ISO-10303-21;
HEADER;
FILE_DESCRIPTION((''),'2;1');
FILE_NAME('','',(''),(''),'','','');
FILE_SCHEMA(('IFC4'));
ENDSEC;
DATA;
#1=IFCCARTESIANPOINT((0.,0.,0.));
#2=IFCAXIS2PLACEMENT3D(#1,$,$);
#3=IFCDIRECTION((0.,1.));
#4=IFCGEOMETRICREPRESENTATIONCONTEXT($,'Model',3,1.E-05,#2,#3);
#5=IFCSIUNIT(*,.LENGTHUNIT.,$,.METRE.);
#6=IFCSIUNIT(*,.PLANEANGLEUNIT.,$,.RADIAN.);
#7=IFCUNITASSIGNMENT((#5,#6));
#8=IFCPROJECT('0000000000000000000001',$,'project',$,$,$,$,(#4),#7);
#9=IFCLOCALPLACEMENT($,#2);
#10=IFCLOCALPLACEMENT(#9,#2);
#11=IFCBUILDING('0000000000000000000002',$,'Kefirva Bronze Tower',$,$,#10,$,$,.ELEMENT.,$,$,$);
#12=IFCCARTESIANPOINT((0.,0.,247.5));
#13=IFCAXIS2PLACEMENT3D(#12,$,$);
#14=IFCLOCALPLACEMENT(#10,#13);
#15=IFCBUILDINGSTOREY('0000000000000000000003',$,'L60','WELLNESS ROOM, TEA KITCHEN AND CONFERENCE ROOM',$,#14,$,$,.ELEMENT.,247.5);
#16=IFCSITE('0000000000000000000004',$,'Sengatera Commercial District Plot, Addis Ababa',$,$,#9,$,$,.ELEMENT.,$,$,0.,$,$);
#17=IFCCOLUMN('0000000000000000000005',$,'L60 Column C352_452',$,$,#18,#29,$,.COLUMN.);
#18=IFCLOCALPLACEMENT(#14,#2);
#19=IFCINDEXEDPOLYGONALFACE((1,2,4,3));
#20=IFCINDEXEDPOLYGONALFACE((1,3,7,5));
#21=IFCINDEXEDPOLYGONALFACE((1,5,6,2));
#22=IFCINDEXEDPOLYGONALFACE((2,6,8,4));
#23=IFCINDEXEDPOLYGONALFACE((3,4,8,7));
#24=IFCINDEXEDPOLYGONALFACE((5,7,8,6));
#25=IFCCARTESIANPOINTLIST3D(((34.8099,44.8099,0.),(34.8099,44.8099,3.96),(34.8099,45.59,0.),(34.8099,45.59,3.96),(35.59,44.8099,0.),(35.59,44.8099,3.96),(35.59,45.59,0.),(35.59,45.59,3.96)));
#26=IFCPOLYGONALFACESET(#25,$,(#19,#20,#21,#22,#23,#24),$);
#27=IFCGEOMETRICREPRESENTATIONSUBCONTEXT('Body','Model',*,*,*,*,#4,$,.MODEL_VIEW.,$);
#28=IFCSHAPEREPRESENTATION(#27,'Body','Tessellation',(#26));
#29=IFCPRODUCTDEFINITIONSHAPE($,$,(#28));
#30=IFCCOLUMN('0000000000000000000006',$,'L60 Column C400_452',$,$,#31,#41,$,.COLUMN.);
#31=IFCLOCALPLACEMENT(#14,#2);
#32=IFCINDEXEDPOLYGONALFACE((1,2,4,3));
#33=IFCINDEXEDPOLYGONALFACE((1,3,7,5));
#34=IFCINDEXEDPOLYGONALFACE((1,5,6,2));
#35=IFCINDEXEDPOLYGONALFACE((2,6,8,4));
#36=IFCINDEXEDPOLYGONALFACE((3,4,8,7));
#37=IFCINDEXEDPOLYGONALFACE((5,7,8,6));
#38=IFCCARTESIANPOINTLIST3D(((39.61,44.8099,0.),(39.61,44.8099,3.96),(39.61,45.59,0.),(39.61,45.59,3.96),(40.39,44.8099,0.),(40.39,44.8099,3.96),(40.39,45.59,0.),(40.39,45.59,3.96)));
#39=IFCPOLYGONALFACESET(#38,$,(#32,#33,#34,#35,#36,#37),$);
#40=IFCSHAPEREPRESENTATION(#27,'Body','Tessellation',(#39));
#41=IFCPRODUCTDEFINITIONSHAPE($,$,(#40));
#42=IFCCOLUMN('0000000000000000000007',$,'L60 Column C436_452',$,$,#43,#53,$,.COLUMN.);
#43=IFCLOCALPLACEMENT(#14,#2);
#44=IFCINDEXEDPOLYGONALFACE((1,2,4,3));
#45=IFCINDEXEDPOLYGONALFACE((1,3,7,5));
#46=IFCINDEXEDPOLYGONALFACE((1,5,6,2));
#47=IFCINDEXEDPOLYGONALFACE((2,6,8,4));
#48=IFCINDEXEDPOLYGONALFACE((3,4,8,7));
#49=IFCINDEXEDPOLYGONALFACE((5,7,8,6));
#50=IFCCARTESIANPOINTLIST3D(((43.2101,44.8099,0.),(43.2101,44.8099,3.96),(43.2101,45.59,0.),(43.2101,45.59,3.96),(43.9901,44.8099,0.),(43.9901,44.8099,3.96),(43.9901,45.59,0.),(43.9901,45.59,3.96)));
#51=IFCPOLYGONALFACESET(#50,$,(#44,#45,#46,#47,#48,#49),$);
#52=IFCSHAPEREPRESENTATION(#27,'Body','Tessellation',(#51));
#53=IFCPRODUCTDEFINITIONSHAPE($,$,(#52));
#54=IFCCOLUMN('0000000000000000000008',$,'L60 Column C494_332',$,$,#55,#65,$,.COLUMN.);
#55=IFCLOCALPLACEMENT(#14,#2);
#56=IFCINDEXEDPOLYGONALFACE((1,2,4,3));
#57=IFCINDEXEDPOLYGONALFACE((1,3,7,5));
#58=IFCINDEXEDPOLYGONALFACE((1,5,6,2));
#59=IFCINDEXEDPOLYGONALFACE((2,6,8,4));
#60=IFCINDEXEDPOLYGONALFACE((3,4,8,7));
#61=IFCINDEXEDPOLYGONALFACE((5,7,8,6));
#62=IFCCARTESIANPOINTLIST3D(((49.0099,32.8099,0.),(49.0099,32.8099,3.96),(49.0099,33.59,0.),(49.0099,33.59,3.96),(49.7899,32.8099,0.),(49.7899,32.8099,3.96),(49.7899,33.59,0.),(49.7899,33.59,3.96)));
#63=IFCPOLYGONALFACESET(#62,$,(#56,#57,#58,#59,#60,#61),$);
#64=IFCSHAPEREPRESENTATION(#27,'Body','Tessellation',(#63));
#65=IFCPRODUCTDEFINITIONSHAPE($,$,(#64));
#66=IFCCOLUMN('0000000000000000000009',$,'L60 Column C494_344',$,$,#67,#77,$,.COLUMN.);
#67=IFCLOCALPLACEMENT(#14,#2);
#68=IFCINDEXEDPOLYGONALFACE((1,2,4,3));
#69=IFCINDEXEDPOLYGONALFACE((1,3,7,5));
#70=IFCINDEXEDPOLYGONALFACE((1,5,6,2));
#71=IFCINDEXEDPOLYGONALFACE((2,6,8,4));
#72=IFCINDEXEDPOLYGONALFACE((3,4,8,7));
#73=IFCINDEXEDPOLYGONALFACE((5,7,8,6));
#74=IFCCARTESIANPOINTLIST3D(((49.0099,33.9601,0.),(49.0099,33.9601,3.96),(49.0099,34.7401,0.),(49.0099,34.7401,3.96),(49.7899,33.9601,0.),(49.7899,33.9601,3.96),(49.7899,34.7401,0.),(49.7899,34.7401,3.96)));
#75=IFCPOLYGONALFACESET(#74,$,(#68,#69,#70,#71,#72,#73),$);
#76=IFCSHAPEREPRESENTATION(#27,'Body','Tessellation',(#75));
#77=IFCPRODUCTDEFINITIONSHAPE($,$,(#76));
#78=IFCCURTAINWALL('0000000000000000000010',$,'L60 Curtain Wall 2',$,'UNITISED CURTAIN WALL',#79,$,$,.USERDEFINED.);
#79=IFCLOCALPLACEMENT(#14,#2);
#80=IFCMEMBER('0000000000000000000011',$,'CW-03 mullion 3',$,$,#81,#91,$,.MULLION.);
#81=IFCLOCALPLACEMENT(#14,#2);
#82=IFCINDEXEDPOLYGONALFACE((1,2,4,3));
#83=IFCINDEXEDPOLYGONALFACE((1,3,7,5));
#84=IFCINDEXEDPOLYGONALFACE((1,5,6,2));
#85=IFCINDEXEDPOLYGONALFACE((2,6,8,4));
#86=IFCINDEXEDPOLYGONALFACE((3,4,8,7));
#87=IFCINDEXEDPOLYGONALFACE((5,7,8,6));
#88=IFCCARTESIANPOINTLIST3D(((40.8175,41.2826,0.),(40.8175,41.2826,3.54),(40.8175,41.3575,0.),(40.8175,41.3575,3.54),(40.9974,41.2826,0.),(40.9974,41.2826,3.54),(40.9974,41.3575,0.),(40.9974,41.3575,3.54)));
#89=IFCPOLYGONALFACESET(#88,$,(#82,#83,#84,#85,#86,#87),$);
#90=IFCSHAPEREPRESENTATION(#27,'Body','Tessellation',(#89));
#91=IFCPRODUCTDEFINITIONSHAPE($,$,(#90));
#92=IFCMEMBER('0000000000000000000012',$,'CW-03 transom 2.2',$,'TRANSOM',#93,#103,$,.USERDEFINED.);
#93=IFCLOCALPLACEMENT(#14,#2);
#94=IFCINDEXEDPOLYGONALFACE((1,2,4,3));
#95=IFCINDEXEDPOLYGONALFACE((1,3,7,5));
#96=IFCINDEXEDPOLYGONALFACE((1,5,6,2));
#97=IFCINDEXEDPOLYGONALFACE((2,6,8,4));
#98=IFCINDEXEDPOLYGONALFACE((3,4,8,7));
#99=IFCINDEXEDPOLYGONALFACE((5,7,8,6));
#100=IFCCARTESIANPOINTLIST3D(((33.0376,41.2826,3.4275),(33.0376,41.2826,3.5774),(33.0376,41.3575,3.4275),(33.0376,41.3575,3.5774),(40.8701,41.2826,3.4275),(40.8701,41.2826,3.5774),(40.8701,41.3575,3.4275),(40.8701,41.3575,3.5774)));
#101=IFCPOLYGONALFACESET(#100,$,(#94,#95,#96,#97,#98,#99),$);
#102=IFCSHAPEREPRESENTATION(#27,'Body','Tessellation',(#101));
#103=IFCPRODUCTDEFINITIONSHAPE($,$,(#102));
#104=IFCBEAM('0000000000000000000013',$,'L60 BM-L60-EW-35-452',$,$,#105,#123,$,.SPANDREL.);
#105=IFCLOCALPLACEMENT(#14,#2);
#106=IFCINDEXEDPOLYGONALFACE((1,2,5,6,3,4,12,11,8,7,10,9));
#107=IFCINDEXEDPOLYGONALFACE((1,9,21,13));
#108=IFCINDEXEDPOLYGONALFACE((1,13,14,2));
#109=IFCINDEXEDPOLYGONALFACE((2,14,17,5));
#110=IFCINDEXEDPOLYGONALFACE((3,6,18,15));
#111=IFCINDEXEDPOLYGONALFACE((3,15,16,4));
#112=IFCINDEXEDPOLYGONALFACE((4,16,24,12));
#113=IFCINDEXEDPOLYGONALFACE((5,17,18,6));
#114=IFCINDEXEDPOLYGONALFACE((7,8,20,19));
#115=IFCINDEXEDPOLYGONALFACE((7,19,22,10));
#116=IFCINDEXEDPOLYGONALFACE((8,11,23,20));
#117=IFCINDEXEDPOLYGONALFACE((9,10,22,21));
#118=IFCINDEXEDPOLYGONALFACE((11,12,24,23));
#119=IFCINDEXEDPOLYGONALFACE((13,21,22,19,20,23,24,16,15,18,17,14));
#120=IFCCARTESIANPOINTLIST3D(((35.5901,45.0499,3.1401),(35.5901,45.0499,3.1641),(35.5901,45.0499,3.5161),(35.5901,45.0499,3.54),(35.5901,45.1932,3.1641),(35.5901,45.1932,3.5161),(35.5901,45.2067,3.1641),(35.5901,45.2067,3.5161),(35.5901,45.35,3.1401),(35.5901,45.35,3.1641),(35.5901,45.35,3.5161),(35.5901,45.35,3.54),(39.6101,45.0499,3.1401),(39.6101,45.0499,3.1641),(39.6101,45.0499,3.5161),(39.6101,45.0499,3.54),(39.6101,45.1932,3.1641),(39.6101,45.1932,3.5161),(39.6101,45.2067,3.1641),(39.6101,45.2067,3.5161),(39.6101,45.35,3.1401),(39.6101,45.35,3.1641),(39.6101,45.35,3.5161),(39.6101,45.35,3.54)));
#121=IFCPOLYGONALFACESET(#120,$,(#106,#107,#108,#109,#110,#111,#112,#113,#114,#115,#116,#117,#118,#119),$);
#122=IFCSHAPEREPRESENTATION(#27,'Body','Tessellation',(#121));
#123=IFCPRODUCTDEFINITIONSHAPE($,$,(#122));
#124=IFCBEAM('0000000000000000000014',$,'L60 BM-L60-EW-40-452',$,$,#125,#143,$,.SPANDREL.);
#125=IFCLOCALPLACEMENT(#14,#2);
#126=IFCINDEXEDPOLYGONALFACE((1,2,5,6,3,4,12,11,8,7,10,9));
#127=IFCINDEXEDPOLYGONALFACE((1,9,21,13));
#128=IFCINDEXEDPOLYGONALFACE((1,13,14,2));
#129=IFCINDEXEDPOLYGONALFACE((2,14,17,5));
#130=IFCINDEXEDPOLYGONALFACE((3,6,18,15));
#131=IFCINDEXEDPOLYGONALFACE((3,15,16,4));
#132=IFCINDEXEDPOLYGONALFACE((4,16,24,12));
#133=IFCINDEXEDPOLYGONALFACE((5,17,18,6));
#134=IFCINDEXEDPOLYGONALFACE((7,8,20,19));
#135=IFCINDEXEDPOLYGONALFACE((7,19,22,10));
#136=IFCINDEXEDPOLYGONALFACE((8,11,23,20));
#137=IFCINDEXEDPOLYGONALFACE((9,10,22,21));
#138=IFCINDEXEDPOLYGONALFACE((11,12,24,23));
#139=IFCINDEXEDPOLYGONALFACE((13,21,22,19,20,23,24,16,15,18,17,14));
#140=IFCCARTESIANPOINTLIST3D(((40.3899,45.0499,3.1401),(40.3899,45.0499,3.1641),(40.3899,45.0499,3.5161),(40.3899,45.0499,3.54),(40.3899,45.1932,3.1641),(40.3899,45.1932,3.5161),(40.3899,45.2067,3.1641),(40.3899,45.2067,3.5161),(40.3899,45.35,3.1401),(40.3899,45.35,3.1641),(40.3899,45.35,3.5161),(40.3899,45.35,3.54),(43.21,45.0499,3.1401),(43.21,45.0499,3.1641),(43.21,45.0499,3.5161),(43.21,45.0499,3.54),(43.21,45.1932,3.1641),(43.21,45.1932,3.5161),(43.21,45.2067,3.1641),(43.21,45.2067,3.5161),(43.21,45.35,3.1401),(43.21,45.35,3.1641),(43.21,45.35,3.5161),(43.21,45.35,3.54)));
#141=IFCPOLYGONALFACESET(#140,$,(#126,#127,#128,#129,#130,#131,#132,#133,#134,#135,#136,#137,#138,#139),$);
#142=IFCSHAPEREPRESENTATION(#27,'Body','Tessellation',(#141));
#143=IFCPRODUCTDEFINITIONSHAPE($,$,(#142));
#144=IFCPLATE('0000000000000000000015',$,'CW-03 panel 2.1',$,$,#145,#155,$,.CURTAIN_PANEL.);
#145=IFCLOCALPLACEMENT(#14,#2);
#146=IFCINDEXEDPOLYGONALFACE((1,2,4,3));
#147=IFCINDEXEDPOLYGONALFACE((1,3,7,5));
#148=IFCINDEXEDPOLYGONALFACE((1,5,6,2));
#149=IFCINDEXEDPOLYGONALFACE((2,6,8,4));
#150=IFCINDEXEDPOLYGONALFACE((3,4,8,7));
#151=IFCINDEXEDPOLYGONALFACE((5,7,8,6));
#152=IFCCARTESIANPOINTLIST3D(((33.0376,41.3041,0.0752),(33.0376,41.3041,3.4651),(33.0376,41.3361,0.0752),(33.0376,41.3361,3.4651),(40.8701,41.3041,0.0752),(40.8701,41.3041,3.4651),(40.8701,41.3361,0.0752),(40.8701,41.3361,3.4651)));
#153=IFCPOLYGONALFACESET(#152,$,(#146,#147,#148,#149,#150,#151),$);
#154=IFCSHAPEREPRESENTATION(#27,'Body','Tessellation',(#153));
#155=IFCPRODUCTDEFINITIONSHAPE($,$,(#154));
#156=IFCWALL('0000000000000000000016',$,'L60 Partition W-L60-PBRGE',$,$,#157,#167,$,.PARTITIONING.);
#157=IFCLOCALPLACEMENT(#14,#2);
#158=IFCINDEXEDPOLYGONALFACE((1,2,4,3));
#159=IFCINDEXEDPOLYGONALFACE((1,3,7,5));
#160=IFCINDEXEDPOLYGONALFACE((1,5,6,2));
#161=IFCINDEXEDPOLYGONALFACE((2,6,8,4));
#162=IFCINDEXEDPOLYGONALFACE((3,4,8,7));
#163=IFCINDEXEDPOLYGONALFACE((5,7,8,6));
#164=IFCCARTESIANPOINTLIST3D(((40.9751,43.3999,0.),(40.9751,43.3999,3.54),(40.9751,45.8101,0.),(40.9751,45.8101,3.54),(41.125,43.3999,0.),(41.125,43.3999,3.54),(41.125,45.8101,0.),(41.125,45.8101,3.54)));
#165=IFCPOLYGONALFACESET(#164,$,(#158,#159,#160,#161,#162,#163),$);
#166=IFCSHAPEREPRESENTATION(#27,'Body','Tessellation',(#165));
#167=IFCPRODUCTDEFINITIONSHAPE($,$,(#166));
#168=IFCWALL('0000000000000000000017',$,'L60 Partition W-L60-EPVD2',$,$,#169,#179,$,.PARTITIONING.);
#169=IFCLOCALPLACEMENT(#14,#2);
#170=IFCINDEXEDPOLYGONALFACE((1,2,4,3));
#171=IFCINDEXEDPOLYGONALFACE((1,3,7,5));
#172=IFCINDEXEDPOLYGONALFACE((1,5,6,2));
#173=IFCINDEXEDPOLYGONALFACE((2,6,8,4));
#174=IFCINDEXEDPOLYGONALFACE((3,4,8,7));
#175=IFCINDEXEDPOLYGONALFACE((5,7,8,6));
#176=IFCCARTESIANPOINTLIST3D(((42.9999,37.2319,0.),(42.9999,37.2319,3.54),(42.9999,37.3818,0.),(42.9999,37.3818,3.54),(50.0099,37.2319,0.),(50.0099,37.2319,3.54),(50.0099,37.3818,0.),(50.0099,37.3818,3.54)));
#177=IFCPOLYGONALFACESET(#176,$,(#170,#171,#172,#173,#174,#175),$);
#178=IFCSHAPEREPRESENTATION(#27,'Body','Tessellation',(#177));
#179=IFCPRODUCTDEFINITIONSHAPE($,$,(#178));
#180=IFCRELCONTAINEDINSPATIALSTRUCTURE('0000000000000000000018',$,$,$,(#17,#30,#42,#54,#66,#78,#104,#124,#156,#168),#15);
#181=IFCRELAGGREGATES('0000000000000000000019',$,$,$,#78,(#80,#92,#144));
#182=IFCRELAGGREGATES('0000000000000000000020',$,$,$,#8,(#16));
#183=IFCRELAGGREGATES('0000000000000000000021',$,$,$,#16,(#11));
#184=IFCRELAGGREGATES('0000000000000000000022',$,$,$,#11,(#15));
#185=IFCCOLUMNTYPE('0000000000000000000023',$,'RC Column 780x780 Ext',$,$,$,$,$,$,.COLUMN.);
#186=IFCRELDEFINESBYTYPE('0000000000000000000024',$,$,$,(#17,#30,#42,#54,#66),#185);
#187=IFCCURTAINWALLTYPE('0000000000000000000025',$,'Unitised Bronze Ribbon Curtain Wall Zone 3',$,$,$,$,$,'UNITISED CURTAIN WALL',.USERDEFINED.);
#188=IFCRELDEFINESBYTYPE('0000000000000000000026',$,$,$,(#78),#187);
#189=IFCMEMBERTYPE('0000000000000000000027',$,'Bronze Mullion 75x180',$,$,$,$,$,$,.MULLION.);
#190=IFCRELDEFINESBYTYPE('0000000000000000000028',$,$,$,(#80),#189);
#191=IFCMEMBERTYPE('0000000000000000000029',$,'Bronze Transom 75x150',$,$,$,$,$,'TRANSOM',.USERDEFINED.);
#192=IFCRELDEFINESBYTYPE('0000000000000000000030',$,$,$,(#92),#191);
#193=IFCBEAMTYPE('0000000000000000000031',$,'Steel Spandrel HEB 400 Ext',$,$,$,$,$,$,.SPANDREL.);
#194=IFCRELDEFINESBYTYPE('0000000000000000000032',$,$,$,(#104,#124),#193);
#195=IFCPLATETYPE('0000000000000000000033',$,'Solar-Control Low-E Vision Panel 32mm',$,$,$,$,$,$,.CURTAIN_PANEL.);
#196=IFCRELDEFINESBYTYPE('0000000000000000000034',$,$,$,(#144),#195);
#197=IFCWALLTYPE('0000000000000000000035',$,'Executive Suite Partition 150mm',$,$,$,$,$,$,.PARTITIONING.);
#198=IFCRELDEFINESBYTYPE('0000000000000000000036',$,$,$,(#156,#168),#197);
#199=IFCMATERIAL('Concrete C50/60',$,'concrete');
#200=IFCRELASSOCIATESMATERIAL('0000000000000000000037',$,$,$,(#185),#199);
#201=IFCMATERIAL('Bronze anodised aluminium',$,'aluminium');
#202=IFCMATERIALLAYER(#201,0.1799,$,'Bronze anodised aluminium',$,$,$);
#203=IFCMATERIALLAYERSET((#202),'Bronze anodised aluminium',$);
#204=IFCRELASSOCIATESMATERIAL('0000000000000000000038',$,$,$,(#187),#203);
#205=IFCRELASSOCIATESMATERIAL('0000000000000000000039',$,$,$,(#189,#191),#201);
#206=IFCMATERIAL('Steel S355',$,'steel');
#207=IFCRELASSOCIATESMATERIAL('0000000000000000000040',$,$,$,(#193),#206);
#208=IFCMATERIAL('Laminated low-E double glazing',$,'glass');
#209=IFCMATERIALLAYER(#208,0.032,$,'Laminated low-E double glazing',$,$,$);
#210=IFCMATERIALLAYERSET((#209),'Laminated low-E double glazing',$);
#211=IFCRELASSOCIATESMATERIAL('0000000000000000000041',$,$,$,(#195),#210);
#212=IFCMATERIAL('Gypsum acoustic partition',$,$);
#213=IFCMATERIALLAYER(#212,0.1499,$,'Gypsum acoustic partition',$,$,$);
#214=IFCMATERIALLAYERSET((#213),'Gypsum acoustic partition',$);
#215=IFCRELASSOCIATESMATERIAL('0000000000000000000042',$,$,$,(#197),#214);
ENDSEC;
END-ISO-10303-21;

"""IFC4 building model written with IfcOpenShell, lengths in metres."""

from ifc_helpers import new_model, si_unit, direction, frame, frame_2d, origin, origin_2d, place, context, subcontext, project, spatial, rectangle, i_section, extrude, material, layer, layer_set, material_profile, profile_set, type_object, element, aggregate, save


model = new_model("IFC4")

# Units and contexts
model_context = context("Model", 3, precision=1e-05, world=origin(), true_north=direction((0.0, 1.0)))
body_context = subcontext(model_context, "Body", "Model", "MODEL_VIEW")
ifc_project = project(units=[si_unit("LENGTHUNIT", "METRE"), si_unit("PLANEANGLEUNIT", "RADIAN")], contexts=[model_context])

# Site, building, storey
site_placement = place(None, origin())
site = spatial("IfcSite", under=ifc_project, at=site_placement, Name="Sengatera Commercial District Plot, Addis Ababa", CompositionType="ELEMENT", RefElevation=0.0)
building_placement = place(site_placement, origin())
building = spatial("IfcBuilding", under=site, at=building_placement, Name="Kefirva Bronze Tower", CompositionType="ELEMENT")
storey_placement = place(building_placement, frame((0.0, 0.0, 247.5)))
storey = spatial("IfcBuildingStorey", under=building, at=storey_placement, Name="L60", Description="WELLNESS ROOM, TEA KITCHEN AND CONFERENCE ROOM", CompositionType="ELEMENT", Elevation=247.5)

# Columns
ifc_material_1 = material(Name="Concrete C50/60", Category="concrete")
ifc_material_profile_1 = material_profile(ifc_material_1, rectangle(XDim=0.78, YDim=0.78, at=origin_2d()), Name="RC 780x780")
ifc_profile_set_1 = profile_set([ifc_material_profile_1], Name="Concrete C50/60")
column_type = type_object("IfcColumnType", Name="RC Column 780x780 Ext", PredefinedType="COLUMN", material=ifc_profile_set_1)
for number, where, z_axis, x_axis, name in (
    (1, (35.2, 45.2, 0.0), (0.0, 0.0, 1.0), (1.0, 0.0, 0.0), "L60 Column C352_452"),
    (2, (40.0, 45.2, 0.0), (0.0, 0.0, 1.0), (1.0, 0.0, 0.0), "L60 Column C400_452"),
    (3, (43.6001, 45.2, 0.0), (0.0, 0.0, 1.0), (1.0, 0.0, 0.0), "L60 Column C436_452"),
    (4, (49.3999, 33.2, 0.0), (0.0, 0.0, 1.0), (1.0, 0.0, 0.0), "L60 Column C494_332"),
    (5, (49.3999, 34.3501, 0.0), (0.0, 0.0, 1.0), (1.0, 0.0, 0.0), "L60 Column C494_344"),
):
    element("IfcColumn", number, at=place(storey_placement, frame(where, z_axis=z_axis, x_axis=x_axis)), inside=storey, type_object=column_type, Name=name, PredefinedType="COLUMN", context=body_context, shape_type="SweptSolid", body=[
        extrude(rectangle(XDim=0.78, YDim=0.78, at=origin_2d()), origin(), (0.0, 0.0, 1.0), 3.96),
    ])

# Curtain wall, members
ifc_material_2 = material(Name="Bronze anodised aluminium", Category="aluminium")
ifc_layer_1 = layer(ifc_material_2, 0.1799, Name="Bronze anodised aluminium")
ifc_layer_set_1 = layer_set([ifc_layer_1], Name="Bronze anodised aluminium")
curtain_wall_type = type_object("IfcCurtainWallType", Name="Unitised Bronze Ribbon Curtain Wall Zone 3", ElementType="UNITISED CURTAIN WALL", PredefinedType="USERDEFINED", material=ifc_layer_set_1)
curtain_wall_placement = place(storey_placement, origin())
curtain_wall = element("IfcCurtainWall", 6, at=curtain_wall_placement, inside=storey, type_object=curtain_wall_type, Name="L60 Curtain Wall 2", ObjectType="UNITISED CURTAIN WALL", PredefinedType="USERDEFINED")
ifc_material_profile_2 = material_profile(ifc_material_2, rectangle(XDim=0.075, YDim=0.1799, at=origin_2d()), Name="ALU 75x180")
ifc_profile_set_2 = profile_set([ifc_material_profile_2], Name="Bronze anodised aluminium")
member_type_1 = type_object("IfcMemberType", Name="Bronze Mullion 75x180", PredefinedType="MULLION", material=ifc_profile_set_2)
member_1_placement = place(storey_placement, frame((40.9075, 41.3201, 0.0), z_axis=(0.0, 0.0, 1.0), x_axis=(0.0, 1.0, 0.0)))
member_1 = element("IfcMember", 7, at=member_1_placement, type_object=member_type_1, Name="CW-03 mullion 3", PredefinedType="MULLION", context=body_context, shape_type="SweptSolid", body=[
    extrude(rectangle(XDim=0.075, YDim=0.1799, at=origin_2d()), origin(), (0.0, 0.0, 1.0), 3.54),
])
ifc_material_profile_3 = material_profile(ifc_material_2, rectangle(XDim=0.075, YDim=0.1499, at=origin_2d()), Name="ALU 75x150")
ifc_profile_set_3 = profile_set([ifc_material_profile_3], Name="Bronze anodised aluminium")
member_type_2 = type_object("IfcMemberType", Name="Bronze Transom 75x150", ElementType="TRANSOM", PredefinedType="USERDEFINED", material=ifc_profile_set_3)
member_2_placement = place(storey_placement, frame((33.0376, 41.3201, 3.5024), z_axis=(1.0, 0.0, 0.0), x_axis=(0.0, 1.0, 0.0)))
member_2 = element("IfcMember", 8, at=member_2_placement, type_object=member_type_2, Name="CW-03 transom 2.2", ObjectType="TRANSOM", PredefinedType="USERDEFINED", context=body_context, shape_type="SweptSolid", body=[
    extrude(rectangle(XDim=0.075, YDim=0.1499, at=origin_2d()), origin(), (0.0, 0.0, 1.0), 7.8325),
])

# Beams
ifc_material_3 = material(Name="Steel S355", Category="steel")
ifc_material_profile_4 = material_profile(ifc_material_3, i_section(OverallWidth=0.3, OverallDepth=0.3999, WebThickness=0.0134, FlangeThickness=0.0239, at=origin_2d()), Name="HEB 400")
ifc_profile_set_4 = profile_set([ifc_material_profile_4], Name="Steel S355")
beam_type = type_object("IfcBeamType", Name="Steel Spandrel HEB 400 Ext", PredefinedType="SPANDREL", material=ifc_profile_set_4)
beam_1_placement = place(storey_placement, frame((35.5901, 45.2, 3.3401), z_axis=(1.0, 0.0, 0.0), x_axis=(0.0, 1.0, 0.0)))
element("IfcBeam", 9, at=beam_1_placement, inside=storey, type_object=beam_type, Name="L60 BM-L60-EW-35-452", PredefinedType="SPANDREL", context=body_context, shape_type="SweptSolid", body=[
    extrude(i_section(OverallWidth=0.3, OverallDepth=0.3999, WebThickness=0.0134, FlangeThickness=0.0239, at=origin_2d()), origin(), (0.0, 0.0, 1.0), 4.02),
])
beam_2_placement = place(storey_placement, frame((40.3899, 45.2, 3.3401), z_axis=(1.0, 0.0, 0.0), x_axis=(0.0, 1.0, 0.0)))
element("IfcBeam", 10, at=beam_2_placement, inside=storey, type_object=beam_type, Name="L60 BM-L60-EW-40-452", PredefinedType="SPANDREL", context=body_context, shape_type="SweptSolid", body=[
    extrude(i_section(OverallWidth=0.3, OverallDepth=0.3999, WebThickness=0.0134, FlangeThickness=0.0239, at=origin_2d()), origin(), (0.0, 0.0, 1.0), 2.8201),
])

# Plate
ifc_material_4 = material(Name="Laminated low-E double glazing", Category="glass")
ifc_layer_2 = layer(ifc_material_4, 0.032, Name="Laminated low-E double glazing")
ifc_layer_set_2 = layer_set([ifc_layer_2], Name="Laminated low-E double glazing")
plate_type = type_object("IfcPlateType", Name="Solar-Control Low-E Vision Panel 32mm", PredefinedType="CURTAIN_PANEL", material=ifc_layer_set_2)
plate_placement = place(storey_placement, frame((36.9539, 41.3201, 0.0752), z_axis=(0.0, 0.0, 1.0), x_axis=(1.0, 0.0, 0.0)))
plate = element("IfcPlate", 11, at=plate_placement, type_object=plate_type, Name="CW-03 panel 2.1", PredefinedType="CURTAIN_PANEL", context=body_context, shape_type="SweptSolid", body=[
    extrude(rectangle(XDim=7.8325, YDim=0.032, at=origin_2d()), origin(), (0.0, 0.0, 1.0), 3.3899),
])
aggregate(curtain_wall, [member_1, member_2, plate])

# Walls
ifc_material_5 = material(Name="Gypsum acoustic partition")
ifc_layer_3 = layer(ifc_material_5, 0.1499, Name="Gypsum acoustic partition")
ifc_layer_set_3 = layer_set([ifc_layer_3], Name="Gypsum acoustic partition")
wall_type_1 = type_object("IfcWallType", Name="Executive Suite Partition 150mm", PredefinedType="PARTITIONING", material=ifc_layer_set_3)
wall_1_placement = place(storey_placement, frame((41.05, 43.3999, 0.0), z_axis=(0.0, 0.0, 1.0), x_axis=(0.0, 1.0, 0.0)))
element("IfcWall", 12, at=wall_1_placement, inside=storey, type_object=wall_type_1, Name="L60 Partition W-L60-PBRGE", PredefinedType="PARTITIONING", context=body_context, shape_type="SweptSolid", body=[
    extrude(rectangle(XDim=2.4102, YDim=0.1499, at=frame_2d((1.2051, 0.0))), origin(), (0.0, 0.0, 1.0), 3.54),
])
wall_2_placement = place(storey_placement, frame((43.0, 37.3069, 0.0), z_axis=(0.0, 0.0, 1.0), x_axis=(1.0, 0.0, 0.0)))
element("IfcWall", 13, at=wall_2_placement, inside=storey, type_object=wall_type_1, Name="L60 Partition W-L60-EPVD2", PredefinedType="PARTITIONING", context=body_context, shape_type="SweptSolid", body=[
    extrude(rectangle(XDim=7.01, YDim=0.1499, at=frame_2d((3.5049, 0.0))), origin(), (0.0, 0.0, 1.0), 3.54),
])

save(model, "model.ifc")
